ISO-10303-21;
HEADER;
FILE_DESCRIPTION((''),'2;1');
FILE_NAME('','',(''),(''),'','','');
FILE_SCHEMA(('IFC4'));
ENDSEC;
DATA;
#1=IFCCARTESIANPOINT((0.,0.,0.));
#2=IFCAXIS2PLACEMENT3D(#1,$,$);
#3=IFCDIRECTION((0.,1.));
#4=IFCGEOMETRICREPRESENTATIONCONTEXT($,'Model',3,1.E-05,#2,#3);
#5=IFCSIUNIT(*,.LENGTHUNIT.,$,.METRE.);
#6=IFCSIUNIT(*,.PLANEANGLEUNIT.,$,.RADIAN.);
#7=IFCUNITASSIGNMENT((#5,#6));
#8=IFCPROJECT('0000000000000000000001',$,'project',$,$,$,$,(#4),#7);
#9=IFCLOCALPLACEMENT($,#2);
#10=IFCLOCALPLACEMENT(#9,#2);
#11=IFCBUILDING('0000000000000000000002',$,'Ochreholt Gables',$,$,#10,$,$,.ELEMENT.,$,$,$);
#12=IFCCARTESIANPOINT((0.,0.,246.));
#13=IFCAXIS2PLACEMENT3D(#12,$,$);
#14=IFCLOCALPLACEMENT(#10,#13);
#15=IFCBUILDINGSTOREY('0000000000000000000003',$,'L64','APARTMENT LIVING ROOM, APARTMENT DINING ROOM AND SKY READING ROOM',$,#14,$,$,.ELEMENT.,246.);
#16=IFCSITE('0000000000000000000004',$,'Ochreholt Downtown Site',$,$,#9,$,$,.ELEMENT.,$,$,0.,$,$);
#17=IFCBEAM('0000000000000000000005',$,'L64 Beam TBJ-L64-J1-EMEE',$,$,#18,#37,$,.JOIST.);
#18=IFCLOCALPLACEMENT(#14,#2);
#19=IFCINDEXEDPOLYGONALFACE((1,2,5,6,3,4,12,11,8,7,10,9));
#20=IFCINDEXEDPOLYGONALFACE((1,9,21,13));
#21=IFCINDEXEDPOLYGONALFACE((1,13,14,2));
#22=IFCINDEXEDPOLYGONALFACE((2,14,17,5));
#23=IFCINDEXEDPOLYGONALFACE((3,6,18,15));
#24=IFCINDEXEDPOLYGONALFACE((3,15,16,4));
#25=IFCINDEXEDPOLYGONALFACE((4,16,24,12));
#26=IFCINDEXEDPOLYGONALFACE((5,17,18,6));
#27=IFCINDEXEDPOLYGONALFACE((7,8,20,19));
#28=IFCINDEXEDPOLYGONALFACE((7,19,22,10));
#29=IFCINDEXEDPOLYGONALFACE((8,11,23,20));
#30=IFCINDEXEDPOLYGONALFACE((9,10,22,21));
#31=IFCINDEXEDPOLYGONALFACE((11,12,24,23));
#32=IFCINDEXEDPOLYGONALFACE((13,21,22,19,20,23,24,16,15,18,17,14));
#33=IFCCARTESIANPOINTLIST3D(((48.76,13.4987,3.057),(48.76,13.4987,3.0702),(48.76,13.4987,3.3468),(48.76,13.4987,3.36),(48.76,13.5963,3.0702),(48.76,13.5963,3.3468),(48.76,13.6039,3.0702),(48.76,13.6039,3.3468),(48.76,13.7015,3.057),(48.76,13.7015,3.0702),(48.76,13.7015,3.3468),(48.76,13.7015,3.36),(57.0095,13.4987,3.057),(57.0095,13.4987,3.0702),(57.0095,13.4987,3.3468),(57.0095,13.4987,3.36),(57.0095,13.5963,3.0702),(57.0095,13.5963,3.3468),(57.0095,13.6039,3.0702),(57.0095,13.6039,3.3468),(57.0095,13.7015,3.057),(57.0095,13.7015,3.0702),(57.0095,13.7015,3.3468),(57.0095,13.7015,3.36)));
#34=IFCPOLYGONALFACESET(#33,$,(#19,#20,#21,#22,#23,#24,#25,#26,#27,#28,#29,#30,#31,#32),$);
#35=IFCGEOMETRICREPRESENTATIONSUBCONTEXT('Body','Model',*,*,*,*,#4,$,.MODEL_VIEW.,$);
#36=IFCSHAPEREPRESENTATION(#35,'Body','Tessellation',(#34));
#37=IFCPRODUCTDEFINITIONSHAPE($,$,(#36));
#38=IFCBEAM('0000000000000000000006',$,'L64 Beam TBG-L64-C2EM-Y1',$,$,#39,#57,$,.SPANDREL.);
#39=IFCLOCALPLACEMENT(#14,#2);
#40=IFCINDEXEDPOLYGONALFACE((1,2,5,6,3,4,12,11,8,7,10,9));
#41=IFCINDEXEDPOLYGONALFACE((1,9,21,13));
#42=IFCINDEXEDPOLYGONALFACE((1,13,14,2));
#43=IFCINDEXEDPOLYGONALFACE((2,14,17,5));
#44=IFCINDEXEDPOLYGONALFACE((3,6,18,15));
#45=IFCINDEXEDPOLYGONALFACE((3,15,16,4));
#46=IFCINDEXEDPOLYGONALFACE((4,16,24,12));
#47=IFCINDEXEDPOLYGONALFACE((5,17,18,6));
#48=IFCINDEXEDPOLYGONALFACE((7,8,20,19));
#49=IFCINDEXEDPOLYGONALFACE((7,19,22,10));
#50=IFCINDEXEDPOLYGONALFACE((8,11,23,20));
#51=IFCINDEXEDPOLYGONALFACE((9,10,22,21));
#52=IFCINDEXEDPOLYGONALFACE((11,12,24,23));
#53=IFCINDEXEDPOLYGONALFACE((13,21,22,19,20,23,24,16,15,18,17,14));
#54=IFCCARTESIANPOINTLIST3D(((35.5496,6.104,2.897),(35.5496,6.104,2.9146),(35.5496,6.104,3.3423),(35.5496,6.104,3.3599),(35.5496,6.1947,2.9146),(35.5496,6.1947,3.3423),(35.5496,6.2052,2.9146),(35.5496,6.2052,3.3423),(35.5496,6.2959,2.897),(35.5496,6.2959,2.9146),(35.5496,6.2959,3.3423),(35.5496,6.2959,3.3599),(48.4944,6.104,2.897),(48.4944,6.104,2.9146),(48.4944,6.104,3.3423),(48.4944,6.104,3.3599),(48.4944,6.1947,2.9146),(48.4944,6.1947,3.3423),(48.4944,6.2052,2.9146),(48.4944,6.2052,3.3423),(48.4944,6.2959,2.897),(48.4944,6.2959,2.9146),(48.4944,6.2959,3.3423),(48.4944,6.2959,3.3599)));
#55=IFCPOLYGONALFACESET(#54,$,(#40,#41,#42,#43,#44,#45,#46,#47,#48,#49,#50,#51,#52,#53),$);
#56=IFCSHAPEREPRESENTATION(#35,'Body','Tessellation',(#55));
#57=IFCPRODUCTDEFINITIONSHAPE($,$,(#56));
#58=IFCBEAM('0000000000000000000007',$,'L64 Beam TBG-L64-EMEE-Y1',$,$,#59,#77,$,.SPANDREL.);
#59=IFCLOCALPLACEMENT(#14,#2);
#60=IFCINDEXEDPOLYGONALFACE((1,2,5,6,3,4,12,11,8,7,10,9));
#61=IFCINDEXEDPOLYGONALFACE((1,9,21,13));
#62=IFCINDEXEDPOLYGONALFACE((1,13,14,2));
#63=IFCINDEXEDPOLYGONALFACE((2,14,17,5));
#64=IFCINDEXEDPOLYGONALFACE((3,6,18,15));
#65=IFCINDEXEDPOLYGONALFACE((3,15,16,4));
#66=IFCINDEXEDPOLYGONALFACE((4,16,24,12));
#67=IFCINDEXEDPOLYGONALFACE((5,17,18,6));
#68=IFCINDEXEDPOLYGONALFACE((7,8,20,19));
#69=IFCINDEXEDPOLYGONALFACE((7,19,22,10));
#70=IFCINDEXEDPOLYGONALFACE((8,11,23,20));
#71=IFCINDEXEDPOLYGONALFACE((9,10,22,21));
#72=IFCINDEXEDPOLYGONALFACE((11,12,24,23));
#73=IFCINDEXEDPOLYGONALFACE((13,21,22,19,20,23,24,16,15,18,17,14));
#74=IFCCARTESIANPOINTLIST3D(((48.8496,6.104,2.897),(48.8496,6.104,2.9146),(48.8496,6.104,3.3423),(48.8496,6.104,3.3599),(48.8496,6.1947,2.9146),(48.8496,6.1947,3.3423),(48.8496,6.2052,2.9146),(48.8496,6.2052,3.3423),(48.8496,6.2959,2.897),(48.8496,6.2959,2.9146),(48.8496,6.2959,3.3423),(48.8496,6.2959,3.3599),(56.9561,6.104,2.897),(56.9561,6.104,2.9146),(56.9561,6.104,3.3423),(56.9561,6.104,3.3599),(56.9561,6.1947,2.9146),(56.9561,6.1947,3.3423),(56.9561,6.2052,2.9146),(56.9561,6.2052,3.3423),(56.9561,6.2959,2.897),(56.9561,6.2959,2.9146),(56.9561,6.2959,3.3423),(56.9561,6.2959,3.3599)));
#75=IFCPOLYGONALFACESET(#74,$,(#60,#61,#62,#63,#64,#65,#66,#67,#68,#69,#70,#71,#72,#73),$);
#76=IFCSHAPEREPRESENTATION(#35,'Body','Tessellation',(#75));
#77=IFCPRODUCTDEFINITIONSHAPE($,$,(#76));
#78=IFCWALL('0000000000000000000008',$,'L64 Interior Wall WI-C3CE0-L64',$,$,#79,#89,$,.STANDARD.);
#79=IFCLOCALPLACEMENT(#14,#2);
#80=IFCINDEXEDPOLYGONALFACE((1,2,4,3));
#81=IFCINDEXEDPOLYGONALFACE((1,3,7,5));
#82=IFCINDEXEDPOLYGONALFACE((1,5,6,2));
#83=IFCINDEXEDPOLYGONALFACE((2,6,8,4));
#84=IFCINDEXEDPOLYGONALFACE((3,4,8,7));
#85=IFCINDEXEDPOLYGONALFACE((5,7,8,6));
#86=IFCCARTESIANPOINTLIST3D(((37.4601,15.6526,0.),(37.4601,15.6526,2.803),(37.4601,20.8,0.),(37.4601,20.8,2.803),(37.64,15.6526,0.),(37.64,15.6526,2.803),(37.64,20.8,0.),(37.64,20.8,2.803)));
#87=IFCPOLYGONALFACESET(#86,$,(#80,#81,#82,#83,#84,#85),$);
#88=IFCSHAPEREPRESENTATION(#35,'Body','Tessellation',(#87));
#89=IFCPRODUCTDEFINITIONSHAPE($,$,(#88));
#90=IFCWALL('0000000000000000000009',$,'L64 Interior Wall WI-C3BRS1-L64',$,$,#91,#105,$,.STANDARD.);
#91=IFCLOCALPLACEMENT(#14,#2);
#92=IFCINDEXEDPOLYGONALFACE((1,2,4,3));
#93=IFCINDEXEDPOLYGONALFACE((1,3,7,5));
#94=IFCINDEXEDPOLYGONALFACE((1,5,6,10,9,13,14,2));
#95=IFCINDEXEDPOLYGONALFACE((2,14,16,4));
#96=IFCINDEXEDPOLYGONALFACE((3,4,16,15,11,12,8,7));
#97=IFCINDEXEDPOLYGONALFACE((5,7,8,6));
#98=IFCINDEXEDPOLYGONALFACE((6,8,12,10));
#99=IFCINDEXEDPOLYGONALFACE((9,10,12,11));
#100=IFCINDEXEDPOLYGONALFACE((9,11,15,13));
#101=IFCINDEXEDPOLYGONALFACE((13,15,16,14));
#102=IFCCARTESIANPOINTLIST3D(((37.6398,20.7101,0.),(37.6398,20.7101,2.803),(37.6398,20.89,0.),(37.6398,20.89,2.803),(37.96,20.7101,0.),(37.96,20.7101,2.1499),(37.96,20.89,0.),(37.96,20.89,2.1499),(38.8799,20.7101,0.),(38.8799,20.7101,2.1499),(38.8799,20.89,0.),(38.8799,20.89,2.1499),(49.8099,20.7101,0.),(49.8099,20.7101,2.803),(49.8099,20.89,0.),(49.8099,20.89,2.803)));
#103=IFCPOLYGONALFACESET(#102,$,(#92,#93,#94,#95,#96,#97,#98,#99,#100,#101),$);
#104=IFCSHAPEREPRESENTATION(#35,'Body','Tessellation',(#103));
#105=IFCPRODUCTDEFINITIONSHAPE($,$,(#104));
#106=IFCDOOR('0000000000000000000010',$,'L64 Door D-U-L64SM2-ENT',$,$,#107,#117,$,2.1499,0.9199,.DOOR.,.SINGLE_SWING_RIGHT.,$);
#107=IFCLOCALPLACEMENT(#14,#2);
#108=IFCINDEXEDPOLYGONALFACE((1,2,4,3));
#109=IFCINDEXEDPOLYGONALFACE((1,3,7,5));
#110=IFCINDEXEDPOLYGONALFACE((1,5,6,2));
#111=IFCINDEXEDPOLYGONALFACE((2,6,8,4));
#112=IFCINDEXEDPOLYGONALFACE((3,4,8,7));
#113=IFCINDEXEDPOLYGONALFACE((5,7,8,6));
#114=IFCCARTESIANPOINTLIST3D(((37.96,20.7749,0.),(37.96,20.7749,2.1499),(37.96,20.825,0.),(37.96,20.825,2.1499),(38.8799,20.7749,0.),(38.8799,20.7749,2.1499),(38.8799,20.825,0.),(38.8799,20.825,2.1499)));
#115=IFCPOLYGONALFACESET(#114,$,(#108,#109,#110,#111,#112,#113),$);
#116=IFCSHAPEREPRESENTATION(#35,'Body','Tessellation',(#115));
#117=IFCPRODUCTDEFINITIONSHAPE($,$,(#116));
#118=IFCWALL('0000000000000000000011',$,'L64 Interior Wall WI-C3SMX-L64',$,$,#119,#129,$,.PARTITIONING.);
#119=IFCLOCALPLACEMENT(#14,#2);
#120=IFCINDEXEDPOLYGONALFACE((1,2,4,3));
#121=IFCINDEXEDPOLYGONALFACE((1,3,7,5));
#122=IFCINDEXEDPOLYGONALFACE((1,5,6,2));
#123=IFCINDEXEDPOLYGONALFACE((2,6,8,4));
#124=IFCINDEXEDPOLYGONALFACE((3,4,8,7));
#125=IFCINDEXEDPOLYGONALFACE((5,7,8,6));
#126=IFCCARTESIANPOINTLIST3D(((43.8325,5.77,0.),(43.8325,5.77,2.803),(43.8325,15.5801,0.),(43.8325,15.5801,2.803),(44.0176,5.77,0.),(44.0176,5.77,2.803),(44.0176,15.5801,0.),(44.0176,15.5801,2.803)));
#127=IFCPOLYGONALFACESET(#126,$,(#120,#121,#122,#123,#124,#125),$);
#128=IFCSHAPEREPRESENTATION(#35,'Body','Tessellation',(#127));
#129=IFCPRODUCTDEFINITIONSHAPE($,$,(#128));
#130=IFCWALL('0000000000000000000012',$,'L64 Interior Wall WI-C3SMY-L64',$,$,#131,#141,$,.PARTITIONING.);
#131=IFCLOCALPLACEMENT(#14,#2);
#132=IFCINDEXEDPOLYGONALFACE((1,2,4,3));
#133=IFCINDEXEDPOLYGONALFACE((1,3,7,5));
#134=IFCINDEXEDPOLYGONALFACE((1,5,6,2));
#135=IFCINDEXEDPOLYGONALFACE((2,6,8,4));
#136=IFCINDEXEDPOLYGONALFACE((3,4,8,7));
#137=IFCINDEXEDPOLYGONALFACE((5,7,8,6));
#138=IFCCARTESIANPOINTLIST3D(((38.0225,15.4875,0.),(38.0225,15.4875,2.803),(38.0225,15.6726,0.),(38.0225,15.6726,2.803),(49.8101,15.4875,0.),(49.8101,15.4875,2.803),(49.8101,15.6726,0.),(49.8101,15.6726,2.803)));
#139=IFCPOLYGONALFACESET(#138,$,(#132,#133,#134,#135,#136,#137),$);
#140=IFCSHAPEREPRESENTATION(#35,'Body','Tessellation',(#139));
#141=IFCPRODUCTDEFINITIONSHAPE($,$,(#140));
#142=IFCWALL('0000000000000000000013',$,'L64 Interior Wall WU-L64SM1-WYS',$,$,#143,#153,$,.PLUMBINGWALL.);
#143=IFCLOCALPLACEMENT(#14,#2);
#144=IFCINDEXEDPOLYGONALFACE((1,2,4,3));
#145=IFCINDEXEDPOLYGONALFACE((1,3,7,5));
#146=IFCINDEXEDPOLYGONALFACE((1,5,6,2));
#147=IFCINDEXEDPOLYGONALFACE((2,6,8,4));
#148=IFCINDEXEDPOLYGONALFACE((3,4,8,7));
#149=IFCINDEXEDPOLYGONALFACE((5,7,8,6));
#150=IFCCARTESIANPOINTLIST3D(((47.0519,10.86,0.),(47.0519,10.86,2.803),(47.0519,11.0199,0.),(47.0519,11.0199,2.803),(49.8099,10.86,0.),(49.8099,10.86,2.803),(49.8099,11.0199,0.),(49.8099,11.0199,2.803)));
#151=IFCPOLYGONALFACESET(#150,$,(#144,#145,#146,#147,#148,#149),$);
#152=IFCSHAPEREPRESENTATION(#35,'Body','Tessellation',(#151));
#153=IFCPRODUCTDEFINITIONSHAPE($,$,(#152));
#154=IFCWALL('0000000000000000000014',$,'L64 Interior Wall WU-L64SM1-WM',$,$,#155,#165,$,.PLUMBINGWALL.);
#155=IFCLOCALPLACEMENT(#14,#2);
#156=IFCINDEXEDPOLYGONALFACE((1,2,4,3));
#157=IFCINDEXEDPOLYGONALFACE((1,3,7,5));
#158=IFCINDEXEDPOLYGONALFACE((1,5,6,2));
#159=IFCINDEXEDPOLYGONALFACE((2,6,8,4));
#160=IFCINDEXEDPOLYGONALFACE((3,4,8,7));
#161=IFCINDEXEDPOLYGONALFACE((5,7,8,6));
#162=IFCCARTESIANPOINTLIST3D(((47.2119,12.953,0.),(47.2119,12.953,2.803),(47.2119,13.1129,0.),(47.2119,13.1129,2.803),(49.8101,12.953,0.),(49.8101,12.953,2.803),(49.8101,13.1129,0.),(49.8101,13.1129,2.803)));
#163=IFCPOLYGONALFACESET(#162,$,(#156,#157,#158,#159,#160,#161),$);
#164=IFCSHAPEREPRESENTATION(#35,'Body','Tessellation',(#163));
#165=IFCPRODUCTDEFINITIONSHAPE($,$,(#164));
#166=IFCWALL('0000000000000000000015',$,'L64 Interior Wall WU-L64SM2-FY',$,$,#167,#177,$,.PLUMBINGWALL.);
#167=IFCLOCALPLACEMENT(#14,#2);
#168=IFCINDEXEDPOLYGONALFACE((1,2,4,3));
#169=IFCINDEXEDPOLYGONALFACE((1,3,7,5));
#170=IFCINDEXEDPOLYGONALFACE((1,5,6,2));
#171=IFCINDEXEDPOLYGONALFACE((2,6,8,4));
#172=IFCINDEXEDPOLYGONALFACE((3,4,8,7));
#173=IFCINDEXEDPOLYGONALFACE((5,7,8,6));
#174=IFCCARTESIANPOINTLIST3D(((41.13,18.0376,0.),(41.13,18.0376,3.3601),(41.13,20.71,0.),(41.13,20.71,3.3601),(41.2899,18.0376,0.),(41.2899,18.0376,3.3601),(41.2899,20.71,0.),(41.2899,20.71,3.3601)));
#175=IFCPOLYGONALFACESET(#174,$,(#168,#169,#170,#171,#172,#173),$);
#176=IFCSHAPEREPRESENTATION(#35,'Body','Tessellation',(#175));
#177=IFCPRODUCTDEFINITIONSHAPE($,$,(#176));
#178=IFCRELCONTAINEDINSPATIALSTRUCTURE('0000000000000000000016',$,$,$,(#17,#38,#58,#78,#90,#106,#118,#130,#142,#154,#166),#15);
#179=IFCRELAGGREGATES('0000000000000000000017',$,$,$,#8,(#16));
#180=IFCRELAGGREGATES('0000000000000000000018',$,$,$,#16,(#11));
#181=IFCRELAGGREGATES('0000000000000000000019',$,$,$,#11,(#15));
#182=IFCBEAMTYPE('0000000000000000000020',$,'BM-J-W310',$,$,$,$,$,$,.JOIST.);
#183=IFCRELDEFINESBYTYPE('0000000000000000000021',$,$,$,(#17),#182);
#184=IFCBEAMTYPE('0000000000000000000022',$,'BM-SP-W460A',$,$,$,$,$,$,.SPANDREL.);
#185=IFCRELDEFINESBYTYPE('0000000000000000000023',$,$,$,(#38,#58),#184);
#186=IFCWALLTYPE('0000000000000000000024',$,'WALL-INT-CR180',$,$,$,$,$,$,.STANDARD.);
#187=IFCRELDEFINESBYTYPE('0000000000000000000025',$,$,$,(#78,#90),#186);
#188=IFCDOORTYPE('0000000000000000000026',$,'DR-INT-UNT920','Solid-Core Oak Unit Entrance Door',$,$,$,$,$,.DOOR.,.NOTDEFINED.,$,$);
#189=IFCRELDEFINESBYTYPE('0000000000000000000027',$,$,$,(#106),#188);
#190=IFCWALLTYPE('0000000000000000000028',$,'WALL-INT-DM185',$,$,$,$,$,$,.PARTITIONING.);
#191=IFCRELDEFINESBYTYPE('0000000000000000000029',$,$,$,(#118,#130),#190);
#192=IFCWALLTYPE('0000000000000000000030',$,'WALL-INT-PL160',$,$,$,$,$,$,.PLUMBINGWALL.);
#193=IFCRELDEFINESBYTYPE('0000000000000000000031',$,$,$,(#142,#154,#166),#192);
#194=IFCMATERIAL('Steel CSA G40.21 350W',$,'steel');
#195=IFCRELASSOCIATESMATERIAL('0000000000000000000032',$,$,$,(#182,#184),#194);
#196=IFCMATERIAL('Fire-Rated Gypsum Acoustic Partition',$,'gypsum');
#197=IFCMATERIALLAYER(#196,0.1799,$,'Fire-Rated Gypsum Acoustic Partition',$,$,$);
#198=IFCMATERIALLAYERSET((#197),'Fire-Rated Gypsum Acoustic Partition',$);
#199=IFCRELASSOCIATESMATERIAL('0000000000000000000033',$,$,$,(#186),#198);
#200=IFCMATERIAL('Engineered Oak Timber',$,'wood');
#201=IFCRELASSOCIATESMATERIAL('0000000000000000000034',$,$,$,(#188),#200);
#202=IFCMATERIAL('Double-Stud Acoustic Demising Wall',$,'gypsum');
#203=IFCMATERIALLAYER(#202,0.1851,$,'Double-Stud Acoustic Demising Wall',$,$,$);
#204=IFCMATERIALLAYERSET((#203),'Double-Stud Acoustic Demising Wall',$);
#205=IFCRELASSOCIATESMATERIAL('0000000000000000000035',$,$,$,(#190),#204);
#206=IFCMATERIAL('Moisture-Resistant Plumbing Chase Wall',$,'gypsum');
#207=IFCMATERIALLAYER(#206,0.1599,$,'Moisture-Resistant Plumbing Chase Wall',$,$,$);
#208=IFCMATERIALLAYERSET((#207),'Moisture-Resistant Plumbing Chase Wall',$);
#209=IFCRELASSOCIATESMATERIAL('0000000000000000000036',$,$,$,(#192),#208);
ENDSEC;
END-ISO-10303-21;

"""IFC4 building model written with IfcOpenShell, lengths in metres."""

from ifc_helpers import new_model, si_unit, direction, frame, frame_2d, origin, origin_2d, place, context, subcontext, project, spatial, rectangle, i_section, extrude, material, layer, layer_set, material_profile, profile_set, type_object, element, fill, save


model = new_model("IFC4")

# Units and contexts
model_context = context("Model", 3, precision=1e-05, world=origin(), true_north=direction((0.0, 1.0)))
body_context = subcontext(model_context, "Body", "Model", "MODEL_VIEW")
ifc_project = project(units=[si_unit("LENGTHUNIT", "METRE"), si_unit("PLANEANGLEUNIT", "RADIAN")], contexts=[model_context])

# Site, building, storey
site_placement = place(None, origin())
site = spatial("IfcSite", under=ifc_project, at=site_placement, Name="Ochreholt Downtown Site", CompositionType="ELEMENT", RefElevation=0.0)
building_placement = place(site_placement, origin())
building = spatial("IfcBuilding", under=site, at=building_placement, Name="Ochreholt Gables", CompositionType="ELEMENT")
storey_placement = place(building_placement, frame((0.0, 0.0, 246.0)))
storey = spatial("IfcBuildingStorey", under=building, at=storey_placement, Name="L64", Description="APARTMENT LIVING ROOM, APARTMENT DINING ROOM AND SKY READING ROOM", CompositionType="ELEMENT", Elevation=246.0)

# Shared definitions
ifc_material_1 = material(Name="Steel CSA G40.21 350W", Category="steel")

# Beams
ifc_material_profile_1 = material_profile(ifc_material_1, i_section(OverallWidth=0.2029, OverallDepth=0.303, WebThickness=0.0076, FlangeThickness=0.0132, at=origin_2d()), Name="W310X60")
ifc_profile_set_1 = profile_set([ifc_material_profile_1], Name="Steel CSA G40.21 350W")
beam_type_1 = type_object("IfcBeamType", Name="BM-J-W310", PredefinedType="JOIST", material=ifc_profile_set_1)
beam_1_placement = place(storey_placement, frame((48.76, 13.6001, 3.2085), z_axis=(1.0, 0.0, 0.0), x_axis=(0.0, 1.0, 0.0)))
element("IfcBeam", 1, at=beam_1_placement, inside=storey, type_object=beam_type_1, Name="L64 Beam TBJ-L64-J1-EMEE", PredefinedType="JOIST", context=body_context, shape_type="SweptSolid", body=[
    extrude(i_section(OverallWidth=0.2029, OverallDepth=0.303, WebThickness=0.0076, FlangeThickness=0.0132, at=origin_2d()), origin(), (0.0, 0.0, 1.0), 8.2495),
])
ifc_material_profile_2 = material_profile(ifc_material_1, i_section(OverallWidth=0.1919, OverallDepth=0.4629, WebThickness=0.0105, FlangeThickness=0.0176, at=origin_2d()), Name="W460X89")
ifc_profile_set_2 = profile_set([ifc_material_profile_2], Name="Steel CSA G40.21 350W")
beam_type_2 = type_object("IfcBeamType", Name="BM-SP-W460A", PredefinedType="SPANDREL", material=ifc_profile_set_2)
beam_2_placement = place(storey_placement, frame((35.5496, 6.2, 3.1284), z_axis=(1.0, 0.0, 0.0), x_axis=(0.0, 1.0, 0.0)))
element("IfcBeam", 2, at=beam_2_placement, inside=storey, type_object=beam_type_2, Name="L64 Beam TBG-L64-C2EM-Y1", PredefinedType="SPANDREL", context=body_context, shape_type="SweptSolid", body=[
    extrude(i_section(OverallWidth=0.1919, OverallDepth=0.4629, WebThickness=0.0105, FlangeThickness=0.0176, at=origin_2d()), origin(), (0.0, 0.0, 1.0), 12.9448),
])
beam_3_placement = place(storey_placement, frame((48.8496, 6.2, 3.1284), z_axis=(1.0, 0.0, 0.0), x_axis=(0.0, 1.0, 0.0)))
element("IfcBeam", 3, at=beam_3_placement, inside=storey, type_object=beam_type_2, Name="L64 Beam TBG-L64-EMEE-Y1", PredefinedType="SPANDREL", context=body_context, shape_type="SweptSolid", body=[
    extrude(i_section(OverallWidth=0.1919, OverallDepth=0.4629, WebThickness=0.0105, FlangeThickness=0.0176, at=origin_2d()), origin(), (0.0, 0.0, 1.0), 8.1064),
])

# Wall
ifc_material_2 = material(Name="Fire-Rated Gypsum Acoustic Partition", Category="gypsum")
ifc_layer_1 = layer(ifc_material_2, 0.1799, Name="Fire-Rated Gypsum Acoustic Partition")
ifc_layer_set_1 = layer_set([ifc_layer_1], Name="Fire-Rated Gypsum Acoustic Partition")
wall_type_1 = type_object("IfcWallType", Name="WALL-INT-CR180", PredefinedType="STANDARD", material=ifc_layer_set_1)
wall_1_placement = place(storey_placement, frame((37.55, 15.6526, 0.0), z_axis=(0.0, 0.0, 1.0), x_axis=(0.0, 1.0, 0.0)))
element("IfcWall", 4, at=wall_1_placement, inside=storey, type_object=wall_type_1, Name="L64 Interior Wall WI-C3CE0-L64", PredefinedType="STANDARD", context=body_context, shape_type="SweptSolid", body=[
    extrude(rectangle(XDim=5.1475, YDim=0.1799, at=frame_2d((2.5737, 0.0))), origin(), (0.0, 0.0, 1.0), 2.803),
])

# Wall, opening, door
wall_2_placement = place(storey_placement, frame((37.6399, 20.8, 0.0), z_axis=(0.0, 0.0, 1.0), x_axis=(1.0, 0.0, 0.0)))
wall_2 = element("IfcWall", 5, at=wall_2_placement, inside=storey, type_object=wall_type_1, Name="L64 Interior Wall WI-C3BRS1-L64", PredefinedType="STANDARD", context=body_context, shape_type="SweptSolid", body=[
    extrude(rectangle(XDim=12.1702, YDim=0.1799, at=frame_2d((6.085, 0.0))), origin(), (0.0, 0.0, 1.0), 2.803),
])
opening_1_placement = place(wall_2_placement, frame((0.3201, 0.0, 0.0)))
opening_1 = element("IfcOpeningElement", 6, at=opening_1_placement, cuts=wall_2, PredefinedType="OPENING", context=body_context, shape_type="SweptSolid", body=[
    extrude(rectangle(XDim=0.9199, YDim=2.1499, at=frame_2d((0.46, 1.075))), frame((0.0, 0.0999, 0.0), z_axis=(0.0, -1.0, 0.0), x_axis=(1.0, 0.0, 0.0)), (0.0, 0.0, 1.0), 0.2),
])
ifc_material_3 = material(Name="Engineered Oak Timber", Category="wood")
door_type_1 = type_object("IfcDoorType", Name="DR-INT-UNT920", Description="Solid-Core Oak Unit Entrance Door", OperationType="NOTDEFINED", PredefinedType="DOOR", material=ifc_material_3)
door_1_placement = place(opening_1_placement, origin())
door_1 = element("IfcDoor", 7, at=door_1_placement, inside=storey, type_object=door_type_1, Name="L64 Door D-U-L64SM2-ENT", OperationType="SINGLE_SWING_RIGHT", OverallHeight=2.1499, OverallWidth=0.9199, PredefinedType="DOOR", context=body_context, shape_type="SweptSolid", body=[
    extrude(rectangle(XDim=0.9199, YDim=2.1499, at=frame_2d((0.46, 1.075))), frame((0.0, 0.0249, 0.0), z_axis=(0.0, -1.0, 0.0), x_axis=(1.0, 0.0, 0.0)), (0.0, 0.0, 1.0), 0.05),
])
fill(opening_1, door_1)

# Walls
ifc_material_4 = material(Name="Double-Stud Acoustic Demising Wall", Category="gypsum")
ifc_layer_2 = layer(ifc_material_4, 0.1851, Name="Double-Stud Acoustic Demising Wall")
ifc_layer_set_2 = layer_set([ifc_layer_2], Name="Double-Stud Acoustic Demising Wall")
wall_type_2 = type_object("IfcWallType", Name="WALL-INT-DM185", PredefinedType="PARTITIONING", material=ifc_layer_set_2)
wall_3_placement = place(storey_placement, frame((43.925, 5.77, 0.0), z_axis=(0.0, 0.0, 1.0), x_axis=(0.0, 1.0, 0.0)))
element("IfcWall", 8, at=wall_3_placement, inside=storey, type_object=wall_type_2, Name="L64 Interior Wall WI-C3SMX-L64", PredefinedType="PARTITIONING", context=body_context, shape_type="SweptSolid", body=[
    extrude(rectangle(XDim=9.8101, YDim=0.1851, at=frame_2d((4.905, 0.0))), origin(), (0.0, 0.0, 1.0), 2.803),
])
wall_4_placement = place(storey_placement, frame((38.0225, 15.5801, 0.0), z_axis=(0.0, 0.0, 1.0), x_axis=(1.0, 0.0, 0.0)))
element("IfcWall", 9, at=wall_4_placement, inside=storey, type_object=wall_type_2, Name="L64 Interior Wall WI-C3SMY-L64", PredefinedType="PARTITIONING", context=body_context, shape_type="SweptSolid", body=[
    extrude(rectangle(XDim=11.7876, YDim=0.1851, at=frame_2d((5.8938, 0.0))), origin(), (0.0, 0.0, 1.0), 2.803),
])
ifc_material_5 = material(Name="Moisture-Resistant Plumbing Chase Wall", Category="gypsum")
ifc_layer_3 = layer(ifc_material_5, 0.1599, Name="Moisture-Resistant Plumbing Chase Wall")
ifc_layer_set_3 = layer_set([ifc_layer_3], Name="Moisture-Resistant Plumbing Chase Wall")
wall_type_3 = type_object("IfcWallType", Name="WALL-INT-PL160", PredefinedType="PLUMBINGWALL", material=ifc_layer_set_3)
wall_5_placement = place(storey_placement, frame((47.052, 10.9399, 0.0), z_axis=(0.0, 0.0, 1.0), x_axis=(1.0, 0.0, 0.0)))
element("IfcWall", 10, at=wall_5_placement, inside=storey, type_object=wall_type_3, Name="L64 Interior Wall WU-L64SM1-WYS", PredefinedType="PLUMBINGWALL", context=body_context, shape_type="SweptSolid", body=[
    extrude(rectangle(XDim=2.7581, YDim=0.1599, at=frame_2d((1.3789, 0.0))), origin(), (0.0, 0.0, 1.0), 2.803),
])

# Wall
wall_6_placement = place(storey_placement, frame((47.2119, 13.033, 0.0), z_axis=(0.0, 0.0, 1.0), x_axis=(1.0, 0.0, 0.0)))
element("IfcWall", 11, at=wall_6_placement, inside=storey, type_object=wall_type_3, Name="L64 Interior Wall WU-L64SM1-WM", PredefinedType="PLUMBINGWALL", context=body_context, shape_type="SweptSolid", body=[
    extrude(rectangle(XDim=2.5981, YDim=0.1599, at=frame_2d((1.2991, 0.0))), origin(), (0.0, 0.0, 1.0), 2.803),
])

# Wall
wall_7_placement = place(storey_placement, frame((41.21, 18.0376, 0.0), z_axis=(0.0, 0.0, 1.0), x_axis=(0.0, 1.0, 0.0)))
element("IfcWall", 12, at=wall_7_placement, inside=storey, type_object=wall_type_3, Name="L64 Interior Wall WU-L64SM2-FY", PredefinedType="PLUMBINGWALL", context=body_context, shape_type="SweptSolid", body=[
    extrude(rectangle(XDim=2.6724, YDim=0.1599, at=frame_2d((1.3362, 0.0))), origin(), (0.0, 0.0, 1.0), 3.3601),
])

save(model, "model.ifc")
